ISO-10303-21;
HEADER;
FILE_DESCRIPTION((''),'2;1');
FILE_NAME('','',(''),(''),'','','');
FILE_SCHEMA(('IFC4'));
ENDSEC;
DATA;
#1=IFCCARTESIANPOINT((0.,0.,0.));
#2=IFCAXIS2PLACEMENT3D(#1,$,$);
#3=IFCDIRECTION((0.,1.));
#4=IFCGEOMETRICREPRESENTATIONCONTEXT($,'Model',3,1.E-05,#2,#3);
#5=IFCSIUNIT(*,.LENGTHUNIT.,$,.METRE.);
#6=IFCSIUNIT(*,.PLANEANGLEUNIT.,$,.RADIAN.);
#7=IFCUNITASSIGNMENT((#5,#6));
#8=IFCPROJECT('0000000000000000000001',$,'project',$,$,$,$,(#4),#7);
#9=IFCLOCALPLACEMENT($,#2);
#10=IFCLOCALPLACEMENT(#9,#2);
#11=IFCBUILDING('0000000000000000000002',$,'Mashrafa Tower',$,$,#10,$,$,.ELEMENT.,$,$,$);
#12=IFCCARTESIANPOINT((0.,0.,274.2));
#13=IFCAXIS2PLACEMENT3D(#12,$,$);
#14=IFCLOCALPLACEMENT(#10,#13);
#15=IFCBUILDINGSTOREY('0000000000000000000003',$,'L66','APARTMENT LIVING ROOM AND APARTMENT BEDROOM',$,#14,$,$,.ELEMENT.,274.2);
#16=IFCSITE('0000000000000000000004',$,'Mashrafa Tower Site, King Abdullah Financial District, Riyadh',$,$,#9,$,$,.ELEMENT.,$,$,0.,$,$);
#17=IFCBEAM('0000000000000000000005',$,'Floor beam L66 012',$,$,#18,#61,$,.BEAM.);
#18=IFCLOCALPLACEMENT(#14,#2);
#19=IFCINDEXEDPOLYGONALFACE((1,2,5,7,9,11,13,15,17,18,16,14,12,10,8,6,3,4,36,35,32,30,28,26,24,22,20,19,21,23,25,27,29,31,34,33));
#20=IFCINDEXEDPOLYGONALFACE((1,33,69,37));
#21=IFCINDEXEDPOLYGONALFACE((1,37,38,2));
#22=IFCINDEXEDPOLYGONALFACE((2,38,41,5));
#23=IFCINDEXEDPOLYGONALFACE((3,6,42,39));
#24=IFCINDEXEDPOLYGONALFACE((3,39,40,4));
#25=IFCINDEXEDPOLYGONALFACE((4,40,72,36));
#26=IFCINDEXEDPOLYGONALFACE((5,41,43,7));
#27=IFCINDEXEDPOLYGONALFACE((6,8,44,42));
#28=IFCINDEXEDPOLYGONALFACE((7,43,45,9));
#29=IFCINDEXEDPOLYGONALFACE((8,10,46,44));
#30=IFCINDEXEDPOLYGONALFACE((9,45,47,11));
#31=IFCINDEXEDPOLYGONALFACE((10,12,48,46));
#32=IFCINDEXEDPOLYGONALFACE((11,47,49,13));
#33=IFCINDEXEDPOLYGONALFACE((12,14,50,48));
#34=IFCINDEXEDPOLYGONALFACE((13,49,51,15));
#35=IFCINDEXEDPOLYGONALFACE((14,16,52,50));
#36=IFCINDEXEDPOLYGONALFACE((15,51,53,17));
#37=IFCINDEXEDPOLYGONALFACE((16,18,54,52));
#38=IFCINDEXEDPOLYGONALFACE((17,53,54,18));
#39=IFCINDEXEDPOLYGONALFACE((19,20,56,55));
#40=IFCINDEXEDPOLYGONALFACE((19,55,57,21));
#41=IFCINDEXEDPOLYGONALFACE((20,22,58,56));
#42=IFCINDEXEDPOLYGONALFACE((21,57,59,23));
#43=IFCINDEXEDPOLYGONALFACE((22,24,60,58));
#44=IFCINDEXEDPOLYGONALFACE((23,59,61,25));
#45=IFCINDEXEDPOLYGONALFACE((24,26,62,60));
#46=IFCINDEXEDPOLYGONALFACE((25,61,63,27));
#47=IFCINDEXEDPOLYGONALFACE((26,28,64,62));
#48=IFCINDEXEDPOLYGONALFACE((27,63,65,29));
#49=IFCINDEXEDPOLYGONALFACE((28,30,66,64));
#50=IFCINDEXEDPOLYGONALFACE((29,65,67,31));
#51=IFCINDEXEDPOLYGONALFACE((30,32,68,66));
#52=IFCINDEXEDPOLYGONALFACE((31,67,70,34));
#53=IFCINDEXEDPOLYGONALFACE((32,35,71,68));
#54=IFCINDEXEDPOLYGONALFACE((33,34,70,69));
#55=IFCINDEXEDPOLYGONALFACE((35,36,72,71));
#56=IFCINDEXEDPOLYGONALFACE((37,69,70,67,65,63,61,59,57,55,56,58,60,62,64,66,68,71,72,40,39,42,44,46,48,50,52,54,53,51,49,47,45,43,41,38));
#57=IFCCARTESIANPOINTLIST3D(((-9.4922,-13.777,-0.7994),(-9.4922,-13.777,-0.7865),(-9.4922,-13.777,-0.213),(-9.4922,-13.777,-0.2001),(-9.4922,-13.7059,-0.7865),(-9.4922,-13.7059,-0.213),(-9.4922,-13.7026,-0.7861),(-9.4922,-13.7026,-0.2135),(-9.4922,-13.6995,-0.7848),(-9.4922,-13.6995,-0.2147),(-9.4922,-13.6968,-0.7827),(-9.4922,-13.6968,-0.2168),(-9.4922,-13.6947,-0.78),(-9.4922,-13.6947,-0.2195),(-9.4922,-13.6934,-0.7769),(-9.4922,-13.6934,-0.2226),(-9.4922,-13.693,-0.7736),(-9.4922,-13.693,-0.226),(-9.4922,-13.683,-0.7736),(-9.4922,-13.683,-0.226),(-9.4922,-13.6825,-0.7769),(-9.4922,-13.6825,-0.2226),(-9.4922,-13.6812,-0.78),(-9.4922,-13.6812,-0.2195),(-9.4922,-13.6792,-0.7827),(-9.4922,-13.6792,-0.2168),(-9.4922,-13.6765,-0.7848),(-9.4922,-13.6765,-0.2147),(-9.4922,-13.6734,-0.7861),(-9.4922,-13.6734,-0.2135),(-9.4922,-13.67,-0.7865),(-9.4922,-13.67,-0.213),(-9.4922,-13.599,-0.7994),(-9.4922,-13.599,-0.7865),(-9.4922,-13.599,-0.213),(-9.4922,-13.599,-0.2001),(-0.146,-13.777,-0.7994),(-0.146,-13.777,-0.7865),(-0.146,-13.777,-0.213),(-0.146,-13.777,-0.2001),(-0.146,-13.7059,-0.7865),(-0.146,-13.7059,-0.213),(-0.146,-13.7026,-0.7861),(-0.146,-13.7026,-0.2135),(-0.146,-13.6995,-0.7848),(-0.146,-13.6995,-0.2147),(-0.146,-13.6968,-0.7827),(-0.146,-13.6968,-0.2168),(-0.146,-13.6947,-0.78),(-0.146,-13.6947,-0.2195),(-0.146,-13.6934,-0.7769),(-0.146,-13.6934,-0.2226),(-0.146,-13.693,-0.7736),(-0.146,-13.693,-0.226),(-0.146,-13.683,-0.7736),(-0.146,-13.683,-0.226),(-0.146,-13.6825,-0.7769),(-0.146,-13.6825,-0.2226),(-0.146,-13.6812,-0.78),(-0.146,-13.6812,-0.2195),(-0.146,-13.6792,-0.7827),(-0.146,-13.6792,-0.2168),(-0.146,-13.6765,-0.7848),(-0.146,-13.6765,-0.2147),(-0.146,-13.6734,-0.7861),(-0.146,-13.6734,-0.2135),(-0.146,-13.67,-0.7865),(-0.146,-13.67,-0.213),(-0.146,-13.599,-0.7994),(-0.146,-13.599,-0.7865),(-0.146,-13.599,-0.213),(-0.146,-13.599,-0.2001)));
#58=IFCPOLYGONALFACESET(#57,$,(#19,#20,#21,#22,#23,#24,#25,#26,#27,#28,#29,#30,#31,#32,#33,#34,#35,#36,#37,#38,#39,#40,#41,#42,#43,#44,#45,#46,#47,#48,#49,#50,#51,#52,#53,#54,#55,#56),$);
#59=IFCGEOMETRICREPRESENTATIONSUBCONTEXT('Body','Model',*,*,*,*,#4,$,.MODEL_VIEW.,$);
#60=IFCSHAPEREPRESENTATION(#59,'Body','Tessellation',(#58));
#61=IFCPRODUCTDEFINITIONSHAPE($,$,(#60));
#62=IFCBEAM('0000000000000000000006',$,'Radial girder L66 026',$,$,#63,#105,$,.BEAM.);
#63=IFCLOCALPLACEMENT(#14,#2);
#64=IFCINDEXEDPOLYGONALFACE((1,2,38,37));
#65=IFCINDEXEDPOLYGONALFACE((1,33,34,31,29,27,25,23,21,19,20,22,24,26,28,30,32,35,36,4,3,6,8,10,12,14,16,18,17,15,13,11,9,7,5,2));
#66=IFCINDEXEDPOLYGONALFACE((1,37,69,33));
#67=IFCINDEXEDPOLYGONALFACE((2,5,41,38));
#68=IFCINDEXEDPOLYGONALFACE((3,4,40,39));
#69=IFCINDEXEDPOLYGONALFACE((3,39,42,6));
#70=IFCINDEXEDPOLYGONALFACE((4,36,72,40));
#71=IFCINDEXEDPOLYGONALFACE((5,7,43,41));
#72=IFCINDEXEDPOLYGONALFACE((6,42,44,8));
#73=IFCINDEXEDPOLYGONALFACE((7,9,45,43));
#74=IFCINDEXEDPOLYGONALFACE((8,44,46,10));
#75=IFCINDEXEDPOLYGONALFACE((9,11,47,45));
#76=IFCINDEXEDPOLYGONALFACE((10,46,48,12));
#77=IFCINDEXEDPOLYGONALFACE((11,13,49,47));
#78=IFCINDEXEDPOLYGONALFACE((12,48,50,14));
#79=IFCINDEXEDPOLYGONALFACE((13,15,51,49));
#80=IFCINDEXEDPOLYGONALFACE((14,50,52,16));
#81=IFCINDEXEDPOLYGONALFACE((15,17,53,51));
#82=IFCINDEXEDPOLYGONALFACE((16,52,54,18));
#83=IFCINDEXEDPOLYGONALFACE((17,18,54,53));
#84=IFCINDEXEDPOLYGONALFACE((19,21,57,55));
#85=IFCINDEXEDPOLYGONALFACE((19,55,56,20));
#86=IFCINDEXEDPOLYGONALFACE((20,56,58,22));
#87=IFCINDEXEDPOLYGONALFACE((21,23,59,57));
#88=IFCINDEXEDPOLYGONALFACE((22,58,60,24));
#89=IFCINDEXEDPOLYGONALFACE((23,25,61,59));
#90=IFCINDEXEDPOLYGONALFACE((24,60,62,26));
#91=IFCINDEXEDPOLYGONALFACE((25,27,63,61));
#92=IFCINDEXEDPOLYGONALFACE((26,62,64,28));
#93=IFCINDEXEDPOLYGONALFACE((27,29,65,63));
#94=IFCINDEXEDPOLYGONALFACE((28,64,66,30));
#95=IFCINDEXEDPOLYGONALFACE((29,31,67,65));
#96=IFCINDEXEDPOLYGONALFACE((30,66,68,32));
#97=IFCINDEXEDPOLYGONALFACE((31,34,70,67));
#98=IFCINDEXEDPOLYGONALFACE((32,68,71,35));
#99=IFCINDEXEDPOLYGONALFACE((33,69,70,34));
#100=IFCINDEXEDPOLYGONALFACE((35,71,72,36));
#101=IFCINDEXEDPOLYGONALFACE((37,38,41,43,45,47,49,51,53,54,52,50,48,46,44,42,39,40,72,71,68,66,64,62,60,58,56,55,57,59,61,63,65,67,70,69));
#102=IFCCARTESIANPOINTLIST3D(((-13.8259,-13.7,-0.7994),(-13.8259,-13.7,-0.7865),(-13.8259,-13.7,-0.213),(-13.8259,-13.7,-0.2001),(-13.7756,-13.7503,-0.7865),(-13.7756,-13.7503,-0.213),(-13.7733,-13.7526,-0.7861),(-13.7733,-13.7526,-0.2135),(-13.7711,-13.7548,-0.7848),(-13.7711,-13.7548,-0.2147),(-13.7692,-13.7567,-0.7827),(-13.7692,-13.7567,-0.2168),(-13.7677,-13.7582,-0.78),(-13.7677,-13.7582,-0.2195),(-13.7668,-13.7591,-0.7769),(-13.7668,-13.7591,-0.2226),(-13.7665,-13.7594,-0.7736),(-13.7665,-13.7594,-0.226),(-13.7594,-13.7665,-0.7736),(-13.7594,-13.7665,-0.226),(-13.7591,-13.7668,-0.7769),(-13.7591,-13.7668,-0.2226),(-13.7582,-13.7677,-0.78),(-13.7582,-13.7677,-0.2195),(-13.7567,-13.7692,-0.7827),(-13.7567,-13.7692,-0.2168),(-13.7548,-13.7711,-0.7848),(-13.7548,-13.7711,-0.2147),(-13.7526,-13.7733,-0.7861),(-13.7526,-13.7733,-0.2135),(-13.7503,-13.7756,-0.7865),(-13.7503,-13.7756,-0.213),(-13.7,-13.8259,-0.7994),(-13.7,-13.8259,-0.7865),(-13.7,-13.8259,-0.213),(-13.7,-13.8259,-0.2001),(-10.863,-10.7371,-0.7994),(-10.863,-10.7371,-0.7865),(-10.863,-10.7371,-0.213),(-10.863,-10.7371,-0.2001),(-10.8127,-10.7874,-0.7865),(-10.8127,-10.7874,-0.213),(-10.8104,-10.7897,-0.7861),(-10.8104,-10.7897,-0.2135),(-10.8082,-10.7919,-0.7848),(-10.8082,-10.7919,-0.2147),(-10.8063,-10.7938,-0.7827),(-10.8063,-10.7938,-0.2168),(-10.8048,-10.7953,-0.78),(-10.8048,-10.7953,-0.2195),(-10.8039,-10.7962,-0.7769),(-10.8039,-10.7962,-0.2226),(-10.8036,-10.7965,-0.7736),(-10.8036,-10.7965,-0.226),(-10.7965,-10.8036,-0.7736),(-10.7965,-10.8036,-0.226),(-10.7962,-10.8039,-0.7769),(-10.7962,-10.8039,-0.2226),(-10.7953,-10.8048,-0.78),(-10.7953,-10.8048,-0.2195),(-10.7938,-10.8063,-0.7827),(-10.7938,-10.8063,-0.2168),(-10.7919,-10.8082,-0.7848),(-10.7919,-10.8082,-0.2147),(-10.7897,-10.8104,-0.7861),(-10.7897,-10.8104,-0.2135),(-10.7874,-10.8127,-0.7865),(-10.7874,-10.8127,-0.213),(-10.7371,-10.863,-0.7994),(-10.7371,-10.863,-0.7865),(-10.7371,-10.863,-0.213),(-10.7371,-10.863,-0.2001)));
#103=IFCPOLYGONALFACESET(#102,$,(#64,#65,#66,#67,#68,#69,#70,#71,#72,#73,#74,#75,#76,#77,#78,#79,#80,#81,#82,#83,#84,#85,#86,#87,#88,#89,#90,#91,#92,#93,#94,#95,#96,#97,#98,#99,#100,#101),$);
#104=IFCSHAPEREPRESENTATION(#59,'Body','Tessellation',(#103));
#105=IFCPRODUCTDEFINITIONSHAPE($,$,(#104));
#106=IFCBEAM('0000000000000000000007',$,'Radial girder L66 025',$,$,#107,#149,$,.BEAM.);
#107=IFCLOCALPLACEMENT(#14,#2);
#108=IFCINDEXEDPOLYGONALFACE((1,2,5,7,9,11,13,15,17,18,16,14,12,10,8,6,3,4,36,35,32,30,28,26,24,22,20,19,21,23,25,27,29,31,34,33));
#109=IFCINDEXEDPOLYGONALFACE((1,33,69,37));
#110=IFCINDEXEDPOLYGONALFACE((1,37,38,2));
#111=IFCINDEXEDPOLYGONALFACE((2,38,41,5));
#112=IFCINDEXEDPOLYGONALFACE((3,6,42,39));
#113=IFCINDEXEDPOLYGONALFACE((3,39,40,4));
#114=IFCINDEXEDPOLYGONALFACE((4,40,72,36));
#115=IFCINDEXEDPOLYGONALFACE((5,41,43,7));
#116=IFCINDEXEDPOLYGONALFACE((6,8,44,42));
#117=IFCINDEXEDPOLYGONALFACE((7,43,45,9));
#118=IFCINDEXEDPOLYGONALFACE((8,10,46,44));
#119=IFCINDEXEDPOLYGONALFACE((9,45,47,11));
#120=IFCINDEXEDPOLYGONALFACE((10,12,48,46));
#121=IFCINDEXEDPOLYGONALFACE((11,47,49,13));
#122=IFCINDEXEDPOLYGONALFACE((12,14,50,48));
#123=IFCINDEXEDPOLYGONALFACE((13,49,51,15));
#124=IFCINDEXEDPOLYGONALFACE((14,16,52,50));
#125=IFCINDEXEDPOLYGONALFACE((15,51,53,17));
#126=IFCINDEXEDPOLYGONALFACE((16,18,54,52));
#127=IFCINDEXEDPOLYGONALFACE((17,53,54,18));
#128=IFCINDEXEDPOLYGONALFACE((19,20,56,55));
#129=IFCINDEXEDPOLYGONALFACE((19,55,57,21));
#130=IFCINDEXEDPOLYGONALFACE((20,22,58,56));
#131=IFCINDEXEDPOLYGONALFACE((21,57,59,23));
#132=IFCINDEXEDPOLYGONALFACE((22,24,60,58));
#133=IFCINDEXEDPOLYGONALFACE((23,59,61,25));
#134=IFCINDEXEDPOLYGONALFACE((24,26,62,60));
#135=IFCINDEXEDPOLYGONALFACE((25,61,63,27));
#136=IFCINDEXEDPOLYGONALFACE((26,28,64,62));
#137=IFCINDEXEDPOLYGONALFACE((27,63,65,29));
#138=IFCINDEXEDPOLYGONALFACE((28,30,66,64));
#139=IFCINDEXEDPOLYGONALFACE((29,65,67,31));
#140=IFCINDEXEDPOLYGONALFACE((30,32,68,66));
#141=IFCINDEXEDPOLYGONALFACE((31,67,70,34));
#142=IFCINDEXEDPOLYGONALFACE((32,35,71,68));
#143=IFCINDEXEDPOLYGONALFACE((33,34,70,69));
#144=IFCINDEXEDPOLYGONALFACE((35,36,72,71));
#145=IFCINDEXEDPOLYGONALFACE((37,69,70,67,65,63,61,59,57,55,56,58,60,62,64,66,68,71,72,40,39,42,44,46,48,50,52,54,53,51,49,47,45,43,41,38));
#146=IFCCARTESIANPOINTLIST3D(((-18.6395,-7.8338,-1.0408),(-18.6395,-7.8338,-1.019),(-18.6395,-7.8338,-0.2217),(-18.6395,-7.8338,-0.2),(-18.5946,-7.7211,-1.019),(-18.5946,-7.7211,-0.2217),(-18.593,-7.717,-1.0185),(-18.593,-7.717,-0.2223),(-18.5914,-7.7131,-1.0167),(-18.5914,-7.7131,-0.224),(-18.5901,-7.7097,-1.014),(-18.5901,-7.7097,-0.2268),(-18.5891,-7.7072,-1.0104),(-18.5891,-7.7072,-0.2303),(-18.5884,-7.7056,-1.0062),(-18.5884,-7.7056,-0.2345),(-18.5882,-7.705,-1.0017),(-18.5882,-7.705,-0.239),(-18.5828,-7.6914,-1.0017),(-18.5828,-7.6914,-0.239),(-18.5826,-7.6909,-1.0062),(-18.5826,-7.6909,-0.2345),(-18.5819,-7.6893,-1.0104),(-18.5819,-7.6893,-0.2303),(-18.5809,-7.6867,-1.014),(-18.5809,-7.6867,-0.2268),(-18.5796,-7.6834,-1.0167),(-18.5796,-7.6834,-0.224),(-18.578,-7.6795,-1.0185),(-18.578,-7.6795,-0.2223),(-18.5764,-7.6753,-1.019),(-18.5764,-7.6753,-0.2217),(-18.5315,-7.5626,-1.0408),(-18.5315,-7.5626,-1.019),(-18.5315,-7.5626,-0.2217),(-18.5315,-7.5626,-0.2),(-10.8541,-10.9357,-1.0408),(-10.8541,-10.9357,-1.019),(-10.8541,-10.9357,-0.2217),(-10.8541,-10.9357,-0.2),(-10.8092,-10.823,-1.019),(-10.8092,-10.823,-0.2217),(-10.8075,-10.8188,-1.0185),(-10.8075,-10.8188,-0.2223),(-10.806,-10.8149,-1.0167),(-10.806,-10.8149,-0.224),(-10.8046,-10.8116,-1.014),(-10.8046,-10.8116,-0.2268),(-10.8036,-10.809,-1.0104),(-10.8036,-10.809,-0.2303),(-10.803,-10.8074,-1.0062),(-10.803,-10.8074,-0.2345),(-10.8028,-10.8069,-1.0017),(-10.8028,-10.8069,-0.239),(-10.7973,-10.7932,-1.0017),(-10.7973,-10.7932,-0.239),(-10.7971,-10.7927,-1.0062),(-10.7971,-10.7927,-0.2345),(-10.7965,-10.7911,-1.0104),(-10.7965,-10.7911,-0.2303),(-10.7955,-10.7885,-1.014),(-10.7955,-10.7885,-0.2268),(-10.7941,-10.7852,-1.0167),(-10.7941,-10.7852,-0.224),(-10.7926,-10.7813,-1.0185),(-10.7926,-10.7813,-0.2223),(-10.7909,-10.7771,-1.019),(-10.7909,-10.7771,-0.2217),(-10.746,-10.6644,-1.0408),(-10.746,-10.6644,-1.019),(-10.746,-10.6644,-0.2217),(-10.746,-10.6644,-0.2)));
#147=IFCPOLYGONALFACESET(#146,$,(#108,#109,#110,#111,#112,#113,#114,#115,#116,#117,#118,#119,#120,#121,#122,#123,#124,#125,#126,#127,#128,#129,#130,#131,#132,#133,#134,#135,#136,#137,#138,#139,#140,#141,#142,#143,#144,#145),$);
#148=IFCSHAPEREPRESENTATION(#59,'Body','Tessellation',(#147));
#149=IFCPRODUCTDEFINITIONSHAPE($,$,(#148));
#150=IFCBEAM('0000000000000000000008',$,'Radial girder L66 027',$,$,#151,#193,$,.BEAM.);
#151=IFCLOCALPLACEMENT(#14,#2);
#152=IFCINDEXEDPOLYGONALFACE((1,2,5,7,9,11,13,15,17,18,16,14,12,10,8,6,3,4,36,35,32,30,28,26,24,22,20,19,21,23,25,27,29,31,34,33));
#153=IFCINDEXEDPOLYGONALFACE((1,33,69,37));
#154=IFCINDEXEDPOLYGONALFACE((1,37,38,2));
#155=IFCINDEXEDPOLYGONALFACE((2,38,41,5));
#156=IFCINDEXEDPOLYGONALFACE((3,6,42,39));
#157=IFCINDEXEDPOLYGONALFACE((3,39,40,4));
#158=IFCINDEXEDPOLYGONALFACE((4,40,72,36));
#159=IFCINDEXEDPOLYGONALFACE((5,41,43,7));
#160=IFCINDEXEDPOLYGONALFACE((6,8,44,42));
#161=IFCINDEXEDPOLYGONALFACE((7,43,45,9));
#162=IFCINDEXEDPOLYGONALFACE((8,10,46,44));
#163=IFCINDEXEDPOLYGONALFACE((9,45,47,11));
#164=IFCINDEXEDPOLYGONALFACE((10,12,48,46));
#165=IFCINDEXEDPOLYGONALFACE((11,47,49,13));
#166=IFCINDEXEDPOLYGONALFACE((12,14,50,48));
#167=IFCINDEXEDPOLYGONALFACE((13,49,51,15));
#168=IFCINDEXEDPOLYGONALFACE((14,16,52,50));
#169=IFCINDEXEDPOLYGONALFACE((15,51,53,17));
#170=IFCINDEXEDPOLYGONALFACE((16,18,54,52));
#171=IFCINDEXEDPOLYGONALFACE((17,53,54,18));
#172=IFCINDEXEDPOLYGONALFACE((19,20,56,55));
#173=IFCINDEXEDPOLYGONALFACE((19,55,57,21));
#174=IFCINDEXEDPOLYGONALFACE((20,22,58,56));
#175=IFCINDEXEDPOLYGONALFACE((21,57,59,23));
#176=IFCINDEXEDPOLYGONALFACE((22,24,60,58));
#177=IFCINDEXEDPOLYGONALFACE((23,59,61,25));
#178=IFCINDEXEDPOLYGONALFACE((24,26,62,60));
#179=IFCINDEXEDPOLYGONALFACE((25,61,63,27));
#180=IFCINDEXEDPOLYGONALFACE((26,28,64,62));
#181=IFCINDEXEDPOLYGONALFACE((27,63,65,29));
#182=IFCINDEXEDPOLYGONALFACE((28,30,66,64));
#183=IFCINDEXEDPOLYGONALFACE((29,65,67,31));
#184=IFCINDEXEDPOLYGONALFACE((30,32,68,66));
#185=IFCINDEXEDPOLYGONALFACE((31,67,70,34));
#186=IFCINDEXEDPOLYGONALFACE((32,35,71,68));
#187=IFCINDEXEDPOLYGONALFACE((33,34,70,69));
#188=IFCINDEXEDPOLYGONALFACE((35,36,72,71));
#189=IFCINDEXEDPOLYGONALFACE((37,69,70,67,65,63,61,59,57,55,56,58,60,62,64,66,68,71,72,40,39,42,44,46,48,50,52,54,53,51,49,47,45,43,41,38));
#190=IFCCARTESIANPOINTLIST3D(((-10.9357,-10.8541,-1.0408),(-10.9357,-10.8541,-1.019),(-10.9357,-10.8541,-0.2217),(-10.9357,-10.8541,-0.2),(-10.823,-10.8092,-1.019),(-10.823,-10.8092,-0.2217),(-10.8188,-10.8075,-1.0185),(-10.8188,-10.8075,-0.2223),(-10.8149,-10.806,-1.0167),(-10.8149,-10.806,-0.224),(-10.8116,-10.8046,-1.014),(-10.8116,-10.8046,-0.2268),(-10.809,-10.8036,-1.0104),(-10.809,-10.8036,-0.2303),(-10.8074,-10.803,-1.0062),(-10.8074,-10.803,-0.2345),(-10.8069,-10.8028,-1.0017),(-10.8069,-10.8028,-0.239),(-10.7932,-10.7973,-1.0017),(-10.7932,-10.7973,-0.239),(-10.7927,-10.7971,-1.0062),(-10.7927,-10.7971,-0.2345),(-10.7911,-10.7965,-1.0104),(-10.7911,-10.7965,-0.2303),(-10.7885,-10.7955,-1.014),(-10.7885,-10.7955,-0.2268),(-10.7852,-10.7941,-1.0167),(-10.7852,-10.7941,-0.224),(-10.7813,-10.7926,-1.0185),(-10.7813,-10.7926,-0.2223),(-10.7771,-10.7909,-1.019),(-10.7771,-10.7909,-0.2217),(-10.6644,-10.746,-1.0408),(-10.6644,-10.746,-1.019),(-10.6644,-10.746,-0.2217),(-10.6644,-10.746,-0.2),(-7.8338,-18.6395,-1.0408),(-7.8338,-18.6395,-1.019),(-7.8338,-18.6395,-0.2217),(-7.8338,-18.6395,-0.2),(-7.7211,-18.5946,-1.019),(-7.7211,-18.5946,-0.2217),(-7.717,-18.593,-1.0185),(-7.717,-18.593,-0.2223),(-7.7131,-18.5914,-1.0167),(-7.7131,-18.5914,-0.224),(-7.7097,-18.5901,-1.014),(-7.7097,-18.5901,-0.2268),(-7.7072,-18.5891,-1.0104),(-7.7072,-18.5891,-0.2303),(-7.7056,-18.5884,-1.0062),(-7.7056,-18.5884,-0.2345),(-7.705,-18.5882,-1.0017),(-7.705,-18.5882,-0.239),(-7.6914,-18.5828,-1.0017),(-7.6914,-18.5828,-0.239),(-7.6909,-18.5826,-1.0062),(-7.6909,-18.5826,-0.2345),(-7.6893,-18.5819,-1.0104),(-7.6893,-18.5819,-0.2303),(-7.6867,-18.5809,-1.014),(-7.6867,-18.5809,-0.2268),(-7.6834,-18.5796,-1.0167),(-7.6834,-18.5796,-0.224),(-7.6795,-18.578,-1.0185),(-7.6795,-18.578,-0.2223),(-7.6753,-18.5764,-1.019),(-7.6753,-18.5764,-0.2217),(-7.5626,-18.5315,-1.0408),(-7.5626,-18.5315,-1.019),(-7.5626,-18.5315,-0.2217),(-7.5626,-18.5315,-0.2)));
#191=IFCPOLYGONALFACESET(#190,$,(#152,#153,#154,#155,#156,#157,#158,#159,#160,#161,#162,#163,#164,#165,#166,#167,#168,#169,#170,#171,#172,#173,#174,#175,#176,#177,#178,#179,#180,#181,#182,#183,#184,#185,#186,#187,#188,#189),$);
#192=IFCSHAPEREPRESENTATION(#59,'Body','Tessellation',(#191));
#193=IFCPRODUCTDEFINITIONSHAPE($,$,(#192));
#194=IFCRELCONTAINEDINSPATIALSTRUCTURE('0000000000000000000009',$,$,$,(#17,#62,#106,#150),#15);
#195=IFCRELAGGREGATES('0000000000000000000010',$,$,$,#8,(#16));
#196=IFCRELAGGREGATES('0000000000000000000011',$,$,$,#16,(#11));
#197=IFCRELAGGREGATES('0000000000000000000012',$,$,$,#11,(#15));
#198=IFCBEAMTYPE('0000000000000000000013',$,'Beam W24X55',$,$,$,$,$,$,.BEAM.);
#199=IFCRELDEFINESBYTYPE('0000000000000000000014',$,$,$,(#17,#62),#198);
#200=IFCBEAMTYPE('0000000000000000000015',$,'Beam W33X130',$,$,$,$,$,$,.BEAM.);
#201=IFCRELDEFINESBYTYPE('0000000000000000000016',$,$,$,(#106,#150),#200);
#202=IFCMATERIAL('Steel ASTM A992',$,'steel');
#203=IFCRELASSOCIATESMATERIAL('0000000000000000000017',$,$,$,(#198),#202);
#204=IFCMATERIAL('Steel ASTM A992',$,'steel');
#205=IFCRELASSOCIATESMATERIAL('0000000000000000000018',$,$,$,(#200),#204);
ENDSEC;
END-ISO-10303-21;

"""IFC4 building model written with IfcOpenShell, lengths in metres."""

from ifc_helpers import new_model, si_unit, direction, frame, origin, origin_2d, place, context, subcontext, project, spatial, i_section, extrude, material, material_profile, profile_set, type_object, element, save


model = new_model("IFC4")

# Units and contexts
model_context = context("Model", 3, precision=1e-05, world=origin(), true_north=direction((0.0, 1.0)))
body_context = subcontext(model_context, "Body", "Model", "MODEL_VIEW")
ifc_project = project(units=[si_unit("LENGTHUNIT", "METRE"), si_unit("PLANEANGLEUNIT", "RADIAN")], contexts=[model_context])

# Site, building, storey
site_placement = place(None, origin())
site = spatial("IfcSite", under=ifc_project, at=site_placement, Name="Mashrafa Tower Site, King Abdullah Financial District, Riyadh", CompositionType="ELEMENT", RefElevation=0.0)
building_placement = place(site_placement, origin())
building = spatial("IfcBuilding", under=site, at=building_placement, Name="Mashrafa Tower", CompositionType="ELEMENT")
storey_placement = place(building_placement, frame((0.0, 0.0, 274.2)))
storey = spatial("IfcBuildingStorey", under=building, at=storey_placement, Name="L66", Description="APARTMENT LIVING ROOM AND APARTMENT BEDROOM", CompositionType="ELEMENT", Elevation=274.2)

# Beams
ifc_material_1 = material(Name="Steel ASTM A992", Category="steel")
ifc_material_profile_1 = material_profile(ifc_material_1, i_section(OverallWidth=0.178, OverallDepth=0.5994, WebThickness=0.01, FlangeThickness=0.0129, FilletRadius=0.0129, at=origin_2d()), Name="W24X55")
ifc_profile_set_1 = profile_set([ifc_material_profile_1], Name="Steel ASTM A992")
beam_type_1 = type_object("IfcBeamType", Name="Beam W24X55", PredefinedType="BEAM", material=ifc_profile_set_1)
beam_1_placement = place(storey_placement, frame((-0.146, -13.688, -0.4998), z_axis=(-1.0, 0.0, 0.0), x_axis=(0.0, -1.0, 0.0)))
element("IfcBeam", 1, at=beam_1_placement, inside=storey, type_object=beam_type_1, Name="Floor beam L66 012", PredefinedType="BEAM", context=body_context, shape_type="SweptSolid", body=[
    extrude(i_section(OverallWidth=0.178, OverallDepth=0.5994, WebThickness=0.01, FlangeThickness=0.0129, FilletRadius=0.0129, at=origin_2d()), origin(), (0.0, 0.0, 1.0), 9.3462),
])
beam_2_placement = place(storey_placement, frame((-10.8, -10.8, -0.4998), z_axis=(-0.707107, -0.707107, 0.0), x_axis=(0.707107, -0.707107, 0.0)))
element("IfcBeam", 2, at=beam_2_placement, inside=storey, type_object=beam_type_1, Name="Radial girder L66 026", PredefinedType="BEAM", context=body_context, shape_type="SweptSolid", body=[
    extrude(i_section(OverallWidth=0.178, OverallDepth=0.5994, WebThickness=0.01, FlangeThickness=0.0129, FilletRadius=0.0129, at=origin_2d()), origin(), (0.0, 0.0, 1.0), 4.1902),
])
ifc_material_2 = material(Name="Steel ASTM A992", Category="steel")
ifc_material_profile_2 = material_profile(ifc_material_2, i_section(OverallWidth=0.292, OverallDepth=0.8408, WebThickness=0.0146, FlangeThickness=0.0217, FilletRadius=0.0173, at=origin_2d()), Name="W33X130")
ifc_profile_set_2 = profile_set([ifc_material_profile_2], Name="Steel ASTM A992")
beam_type_2 = type_object("IfcBeamType", Name="Beam W33X130", PredefinedType="BEAM", material=ifc_profile_set_2)
for number, where, z_axis, x_axis, name in (
    (3, (-10.8, -10.8, -0.6204), (-0.928984, 0.37012, 0.0), (-0.37012, -0.928984, 0.0), "Radial girder L66 025"),
    (4, (-10.8, -10.8, -0.6204), (0.37012, -0.928984, 0.0), (0.928984, 0.37012, 0.0), "Radial girder L66 027"),
):
    element("IfcBeam", number, at=place(storey_placement, frame(where, z_axis=z_axis, x_axis=x_axis)), inside=storey, type_object=beam_type_2, Name=name, PredefinedType="BEAM", context=body_context, shape_type="SweptSolid", body=[
        extrude(i_section(OverallWidth=0.292, OverallDepth=0.8408, WebThickness=0.0146, FlangeThickness=0.0217, FilletRadius=0.0173, at=origin_2d()), origin(), (0.0, 0.0, 1.0), 8.3806),
    ])

save(model, "model.ifc")
